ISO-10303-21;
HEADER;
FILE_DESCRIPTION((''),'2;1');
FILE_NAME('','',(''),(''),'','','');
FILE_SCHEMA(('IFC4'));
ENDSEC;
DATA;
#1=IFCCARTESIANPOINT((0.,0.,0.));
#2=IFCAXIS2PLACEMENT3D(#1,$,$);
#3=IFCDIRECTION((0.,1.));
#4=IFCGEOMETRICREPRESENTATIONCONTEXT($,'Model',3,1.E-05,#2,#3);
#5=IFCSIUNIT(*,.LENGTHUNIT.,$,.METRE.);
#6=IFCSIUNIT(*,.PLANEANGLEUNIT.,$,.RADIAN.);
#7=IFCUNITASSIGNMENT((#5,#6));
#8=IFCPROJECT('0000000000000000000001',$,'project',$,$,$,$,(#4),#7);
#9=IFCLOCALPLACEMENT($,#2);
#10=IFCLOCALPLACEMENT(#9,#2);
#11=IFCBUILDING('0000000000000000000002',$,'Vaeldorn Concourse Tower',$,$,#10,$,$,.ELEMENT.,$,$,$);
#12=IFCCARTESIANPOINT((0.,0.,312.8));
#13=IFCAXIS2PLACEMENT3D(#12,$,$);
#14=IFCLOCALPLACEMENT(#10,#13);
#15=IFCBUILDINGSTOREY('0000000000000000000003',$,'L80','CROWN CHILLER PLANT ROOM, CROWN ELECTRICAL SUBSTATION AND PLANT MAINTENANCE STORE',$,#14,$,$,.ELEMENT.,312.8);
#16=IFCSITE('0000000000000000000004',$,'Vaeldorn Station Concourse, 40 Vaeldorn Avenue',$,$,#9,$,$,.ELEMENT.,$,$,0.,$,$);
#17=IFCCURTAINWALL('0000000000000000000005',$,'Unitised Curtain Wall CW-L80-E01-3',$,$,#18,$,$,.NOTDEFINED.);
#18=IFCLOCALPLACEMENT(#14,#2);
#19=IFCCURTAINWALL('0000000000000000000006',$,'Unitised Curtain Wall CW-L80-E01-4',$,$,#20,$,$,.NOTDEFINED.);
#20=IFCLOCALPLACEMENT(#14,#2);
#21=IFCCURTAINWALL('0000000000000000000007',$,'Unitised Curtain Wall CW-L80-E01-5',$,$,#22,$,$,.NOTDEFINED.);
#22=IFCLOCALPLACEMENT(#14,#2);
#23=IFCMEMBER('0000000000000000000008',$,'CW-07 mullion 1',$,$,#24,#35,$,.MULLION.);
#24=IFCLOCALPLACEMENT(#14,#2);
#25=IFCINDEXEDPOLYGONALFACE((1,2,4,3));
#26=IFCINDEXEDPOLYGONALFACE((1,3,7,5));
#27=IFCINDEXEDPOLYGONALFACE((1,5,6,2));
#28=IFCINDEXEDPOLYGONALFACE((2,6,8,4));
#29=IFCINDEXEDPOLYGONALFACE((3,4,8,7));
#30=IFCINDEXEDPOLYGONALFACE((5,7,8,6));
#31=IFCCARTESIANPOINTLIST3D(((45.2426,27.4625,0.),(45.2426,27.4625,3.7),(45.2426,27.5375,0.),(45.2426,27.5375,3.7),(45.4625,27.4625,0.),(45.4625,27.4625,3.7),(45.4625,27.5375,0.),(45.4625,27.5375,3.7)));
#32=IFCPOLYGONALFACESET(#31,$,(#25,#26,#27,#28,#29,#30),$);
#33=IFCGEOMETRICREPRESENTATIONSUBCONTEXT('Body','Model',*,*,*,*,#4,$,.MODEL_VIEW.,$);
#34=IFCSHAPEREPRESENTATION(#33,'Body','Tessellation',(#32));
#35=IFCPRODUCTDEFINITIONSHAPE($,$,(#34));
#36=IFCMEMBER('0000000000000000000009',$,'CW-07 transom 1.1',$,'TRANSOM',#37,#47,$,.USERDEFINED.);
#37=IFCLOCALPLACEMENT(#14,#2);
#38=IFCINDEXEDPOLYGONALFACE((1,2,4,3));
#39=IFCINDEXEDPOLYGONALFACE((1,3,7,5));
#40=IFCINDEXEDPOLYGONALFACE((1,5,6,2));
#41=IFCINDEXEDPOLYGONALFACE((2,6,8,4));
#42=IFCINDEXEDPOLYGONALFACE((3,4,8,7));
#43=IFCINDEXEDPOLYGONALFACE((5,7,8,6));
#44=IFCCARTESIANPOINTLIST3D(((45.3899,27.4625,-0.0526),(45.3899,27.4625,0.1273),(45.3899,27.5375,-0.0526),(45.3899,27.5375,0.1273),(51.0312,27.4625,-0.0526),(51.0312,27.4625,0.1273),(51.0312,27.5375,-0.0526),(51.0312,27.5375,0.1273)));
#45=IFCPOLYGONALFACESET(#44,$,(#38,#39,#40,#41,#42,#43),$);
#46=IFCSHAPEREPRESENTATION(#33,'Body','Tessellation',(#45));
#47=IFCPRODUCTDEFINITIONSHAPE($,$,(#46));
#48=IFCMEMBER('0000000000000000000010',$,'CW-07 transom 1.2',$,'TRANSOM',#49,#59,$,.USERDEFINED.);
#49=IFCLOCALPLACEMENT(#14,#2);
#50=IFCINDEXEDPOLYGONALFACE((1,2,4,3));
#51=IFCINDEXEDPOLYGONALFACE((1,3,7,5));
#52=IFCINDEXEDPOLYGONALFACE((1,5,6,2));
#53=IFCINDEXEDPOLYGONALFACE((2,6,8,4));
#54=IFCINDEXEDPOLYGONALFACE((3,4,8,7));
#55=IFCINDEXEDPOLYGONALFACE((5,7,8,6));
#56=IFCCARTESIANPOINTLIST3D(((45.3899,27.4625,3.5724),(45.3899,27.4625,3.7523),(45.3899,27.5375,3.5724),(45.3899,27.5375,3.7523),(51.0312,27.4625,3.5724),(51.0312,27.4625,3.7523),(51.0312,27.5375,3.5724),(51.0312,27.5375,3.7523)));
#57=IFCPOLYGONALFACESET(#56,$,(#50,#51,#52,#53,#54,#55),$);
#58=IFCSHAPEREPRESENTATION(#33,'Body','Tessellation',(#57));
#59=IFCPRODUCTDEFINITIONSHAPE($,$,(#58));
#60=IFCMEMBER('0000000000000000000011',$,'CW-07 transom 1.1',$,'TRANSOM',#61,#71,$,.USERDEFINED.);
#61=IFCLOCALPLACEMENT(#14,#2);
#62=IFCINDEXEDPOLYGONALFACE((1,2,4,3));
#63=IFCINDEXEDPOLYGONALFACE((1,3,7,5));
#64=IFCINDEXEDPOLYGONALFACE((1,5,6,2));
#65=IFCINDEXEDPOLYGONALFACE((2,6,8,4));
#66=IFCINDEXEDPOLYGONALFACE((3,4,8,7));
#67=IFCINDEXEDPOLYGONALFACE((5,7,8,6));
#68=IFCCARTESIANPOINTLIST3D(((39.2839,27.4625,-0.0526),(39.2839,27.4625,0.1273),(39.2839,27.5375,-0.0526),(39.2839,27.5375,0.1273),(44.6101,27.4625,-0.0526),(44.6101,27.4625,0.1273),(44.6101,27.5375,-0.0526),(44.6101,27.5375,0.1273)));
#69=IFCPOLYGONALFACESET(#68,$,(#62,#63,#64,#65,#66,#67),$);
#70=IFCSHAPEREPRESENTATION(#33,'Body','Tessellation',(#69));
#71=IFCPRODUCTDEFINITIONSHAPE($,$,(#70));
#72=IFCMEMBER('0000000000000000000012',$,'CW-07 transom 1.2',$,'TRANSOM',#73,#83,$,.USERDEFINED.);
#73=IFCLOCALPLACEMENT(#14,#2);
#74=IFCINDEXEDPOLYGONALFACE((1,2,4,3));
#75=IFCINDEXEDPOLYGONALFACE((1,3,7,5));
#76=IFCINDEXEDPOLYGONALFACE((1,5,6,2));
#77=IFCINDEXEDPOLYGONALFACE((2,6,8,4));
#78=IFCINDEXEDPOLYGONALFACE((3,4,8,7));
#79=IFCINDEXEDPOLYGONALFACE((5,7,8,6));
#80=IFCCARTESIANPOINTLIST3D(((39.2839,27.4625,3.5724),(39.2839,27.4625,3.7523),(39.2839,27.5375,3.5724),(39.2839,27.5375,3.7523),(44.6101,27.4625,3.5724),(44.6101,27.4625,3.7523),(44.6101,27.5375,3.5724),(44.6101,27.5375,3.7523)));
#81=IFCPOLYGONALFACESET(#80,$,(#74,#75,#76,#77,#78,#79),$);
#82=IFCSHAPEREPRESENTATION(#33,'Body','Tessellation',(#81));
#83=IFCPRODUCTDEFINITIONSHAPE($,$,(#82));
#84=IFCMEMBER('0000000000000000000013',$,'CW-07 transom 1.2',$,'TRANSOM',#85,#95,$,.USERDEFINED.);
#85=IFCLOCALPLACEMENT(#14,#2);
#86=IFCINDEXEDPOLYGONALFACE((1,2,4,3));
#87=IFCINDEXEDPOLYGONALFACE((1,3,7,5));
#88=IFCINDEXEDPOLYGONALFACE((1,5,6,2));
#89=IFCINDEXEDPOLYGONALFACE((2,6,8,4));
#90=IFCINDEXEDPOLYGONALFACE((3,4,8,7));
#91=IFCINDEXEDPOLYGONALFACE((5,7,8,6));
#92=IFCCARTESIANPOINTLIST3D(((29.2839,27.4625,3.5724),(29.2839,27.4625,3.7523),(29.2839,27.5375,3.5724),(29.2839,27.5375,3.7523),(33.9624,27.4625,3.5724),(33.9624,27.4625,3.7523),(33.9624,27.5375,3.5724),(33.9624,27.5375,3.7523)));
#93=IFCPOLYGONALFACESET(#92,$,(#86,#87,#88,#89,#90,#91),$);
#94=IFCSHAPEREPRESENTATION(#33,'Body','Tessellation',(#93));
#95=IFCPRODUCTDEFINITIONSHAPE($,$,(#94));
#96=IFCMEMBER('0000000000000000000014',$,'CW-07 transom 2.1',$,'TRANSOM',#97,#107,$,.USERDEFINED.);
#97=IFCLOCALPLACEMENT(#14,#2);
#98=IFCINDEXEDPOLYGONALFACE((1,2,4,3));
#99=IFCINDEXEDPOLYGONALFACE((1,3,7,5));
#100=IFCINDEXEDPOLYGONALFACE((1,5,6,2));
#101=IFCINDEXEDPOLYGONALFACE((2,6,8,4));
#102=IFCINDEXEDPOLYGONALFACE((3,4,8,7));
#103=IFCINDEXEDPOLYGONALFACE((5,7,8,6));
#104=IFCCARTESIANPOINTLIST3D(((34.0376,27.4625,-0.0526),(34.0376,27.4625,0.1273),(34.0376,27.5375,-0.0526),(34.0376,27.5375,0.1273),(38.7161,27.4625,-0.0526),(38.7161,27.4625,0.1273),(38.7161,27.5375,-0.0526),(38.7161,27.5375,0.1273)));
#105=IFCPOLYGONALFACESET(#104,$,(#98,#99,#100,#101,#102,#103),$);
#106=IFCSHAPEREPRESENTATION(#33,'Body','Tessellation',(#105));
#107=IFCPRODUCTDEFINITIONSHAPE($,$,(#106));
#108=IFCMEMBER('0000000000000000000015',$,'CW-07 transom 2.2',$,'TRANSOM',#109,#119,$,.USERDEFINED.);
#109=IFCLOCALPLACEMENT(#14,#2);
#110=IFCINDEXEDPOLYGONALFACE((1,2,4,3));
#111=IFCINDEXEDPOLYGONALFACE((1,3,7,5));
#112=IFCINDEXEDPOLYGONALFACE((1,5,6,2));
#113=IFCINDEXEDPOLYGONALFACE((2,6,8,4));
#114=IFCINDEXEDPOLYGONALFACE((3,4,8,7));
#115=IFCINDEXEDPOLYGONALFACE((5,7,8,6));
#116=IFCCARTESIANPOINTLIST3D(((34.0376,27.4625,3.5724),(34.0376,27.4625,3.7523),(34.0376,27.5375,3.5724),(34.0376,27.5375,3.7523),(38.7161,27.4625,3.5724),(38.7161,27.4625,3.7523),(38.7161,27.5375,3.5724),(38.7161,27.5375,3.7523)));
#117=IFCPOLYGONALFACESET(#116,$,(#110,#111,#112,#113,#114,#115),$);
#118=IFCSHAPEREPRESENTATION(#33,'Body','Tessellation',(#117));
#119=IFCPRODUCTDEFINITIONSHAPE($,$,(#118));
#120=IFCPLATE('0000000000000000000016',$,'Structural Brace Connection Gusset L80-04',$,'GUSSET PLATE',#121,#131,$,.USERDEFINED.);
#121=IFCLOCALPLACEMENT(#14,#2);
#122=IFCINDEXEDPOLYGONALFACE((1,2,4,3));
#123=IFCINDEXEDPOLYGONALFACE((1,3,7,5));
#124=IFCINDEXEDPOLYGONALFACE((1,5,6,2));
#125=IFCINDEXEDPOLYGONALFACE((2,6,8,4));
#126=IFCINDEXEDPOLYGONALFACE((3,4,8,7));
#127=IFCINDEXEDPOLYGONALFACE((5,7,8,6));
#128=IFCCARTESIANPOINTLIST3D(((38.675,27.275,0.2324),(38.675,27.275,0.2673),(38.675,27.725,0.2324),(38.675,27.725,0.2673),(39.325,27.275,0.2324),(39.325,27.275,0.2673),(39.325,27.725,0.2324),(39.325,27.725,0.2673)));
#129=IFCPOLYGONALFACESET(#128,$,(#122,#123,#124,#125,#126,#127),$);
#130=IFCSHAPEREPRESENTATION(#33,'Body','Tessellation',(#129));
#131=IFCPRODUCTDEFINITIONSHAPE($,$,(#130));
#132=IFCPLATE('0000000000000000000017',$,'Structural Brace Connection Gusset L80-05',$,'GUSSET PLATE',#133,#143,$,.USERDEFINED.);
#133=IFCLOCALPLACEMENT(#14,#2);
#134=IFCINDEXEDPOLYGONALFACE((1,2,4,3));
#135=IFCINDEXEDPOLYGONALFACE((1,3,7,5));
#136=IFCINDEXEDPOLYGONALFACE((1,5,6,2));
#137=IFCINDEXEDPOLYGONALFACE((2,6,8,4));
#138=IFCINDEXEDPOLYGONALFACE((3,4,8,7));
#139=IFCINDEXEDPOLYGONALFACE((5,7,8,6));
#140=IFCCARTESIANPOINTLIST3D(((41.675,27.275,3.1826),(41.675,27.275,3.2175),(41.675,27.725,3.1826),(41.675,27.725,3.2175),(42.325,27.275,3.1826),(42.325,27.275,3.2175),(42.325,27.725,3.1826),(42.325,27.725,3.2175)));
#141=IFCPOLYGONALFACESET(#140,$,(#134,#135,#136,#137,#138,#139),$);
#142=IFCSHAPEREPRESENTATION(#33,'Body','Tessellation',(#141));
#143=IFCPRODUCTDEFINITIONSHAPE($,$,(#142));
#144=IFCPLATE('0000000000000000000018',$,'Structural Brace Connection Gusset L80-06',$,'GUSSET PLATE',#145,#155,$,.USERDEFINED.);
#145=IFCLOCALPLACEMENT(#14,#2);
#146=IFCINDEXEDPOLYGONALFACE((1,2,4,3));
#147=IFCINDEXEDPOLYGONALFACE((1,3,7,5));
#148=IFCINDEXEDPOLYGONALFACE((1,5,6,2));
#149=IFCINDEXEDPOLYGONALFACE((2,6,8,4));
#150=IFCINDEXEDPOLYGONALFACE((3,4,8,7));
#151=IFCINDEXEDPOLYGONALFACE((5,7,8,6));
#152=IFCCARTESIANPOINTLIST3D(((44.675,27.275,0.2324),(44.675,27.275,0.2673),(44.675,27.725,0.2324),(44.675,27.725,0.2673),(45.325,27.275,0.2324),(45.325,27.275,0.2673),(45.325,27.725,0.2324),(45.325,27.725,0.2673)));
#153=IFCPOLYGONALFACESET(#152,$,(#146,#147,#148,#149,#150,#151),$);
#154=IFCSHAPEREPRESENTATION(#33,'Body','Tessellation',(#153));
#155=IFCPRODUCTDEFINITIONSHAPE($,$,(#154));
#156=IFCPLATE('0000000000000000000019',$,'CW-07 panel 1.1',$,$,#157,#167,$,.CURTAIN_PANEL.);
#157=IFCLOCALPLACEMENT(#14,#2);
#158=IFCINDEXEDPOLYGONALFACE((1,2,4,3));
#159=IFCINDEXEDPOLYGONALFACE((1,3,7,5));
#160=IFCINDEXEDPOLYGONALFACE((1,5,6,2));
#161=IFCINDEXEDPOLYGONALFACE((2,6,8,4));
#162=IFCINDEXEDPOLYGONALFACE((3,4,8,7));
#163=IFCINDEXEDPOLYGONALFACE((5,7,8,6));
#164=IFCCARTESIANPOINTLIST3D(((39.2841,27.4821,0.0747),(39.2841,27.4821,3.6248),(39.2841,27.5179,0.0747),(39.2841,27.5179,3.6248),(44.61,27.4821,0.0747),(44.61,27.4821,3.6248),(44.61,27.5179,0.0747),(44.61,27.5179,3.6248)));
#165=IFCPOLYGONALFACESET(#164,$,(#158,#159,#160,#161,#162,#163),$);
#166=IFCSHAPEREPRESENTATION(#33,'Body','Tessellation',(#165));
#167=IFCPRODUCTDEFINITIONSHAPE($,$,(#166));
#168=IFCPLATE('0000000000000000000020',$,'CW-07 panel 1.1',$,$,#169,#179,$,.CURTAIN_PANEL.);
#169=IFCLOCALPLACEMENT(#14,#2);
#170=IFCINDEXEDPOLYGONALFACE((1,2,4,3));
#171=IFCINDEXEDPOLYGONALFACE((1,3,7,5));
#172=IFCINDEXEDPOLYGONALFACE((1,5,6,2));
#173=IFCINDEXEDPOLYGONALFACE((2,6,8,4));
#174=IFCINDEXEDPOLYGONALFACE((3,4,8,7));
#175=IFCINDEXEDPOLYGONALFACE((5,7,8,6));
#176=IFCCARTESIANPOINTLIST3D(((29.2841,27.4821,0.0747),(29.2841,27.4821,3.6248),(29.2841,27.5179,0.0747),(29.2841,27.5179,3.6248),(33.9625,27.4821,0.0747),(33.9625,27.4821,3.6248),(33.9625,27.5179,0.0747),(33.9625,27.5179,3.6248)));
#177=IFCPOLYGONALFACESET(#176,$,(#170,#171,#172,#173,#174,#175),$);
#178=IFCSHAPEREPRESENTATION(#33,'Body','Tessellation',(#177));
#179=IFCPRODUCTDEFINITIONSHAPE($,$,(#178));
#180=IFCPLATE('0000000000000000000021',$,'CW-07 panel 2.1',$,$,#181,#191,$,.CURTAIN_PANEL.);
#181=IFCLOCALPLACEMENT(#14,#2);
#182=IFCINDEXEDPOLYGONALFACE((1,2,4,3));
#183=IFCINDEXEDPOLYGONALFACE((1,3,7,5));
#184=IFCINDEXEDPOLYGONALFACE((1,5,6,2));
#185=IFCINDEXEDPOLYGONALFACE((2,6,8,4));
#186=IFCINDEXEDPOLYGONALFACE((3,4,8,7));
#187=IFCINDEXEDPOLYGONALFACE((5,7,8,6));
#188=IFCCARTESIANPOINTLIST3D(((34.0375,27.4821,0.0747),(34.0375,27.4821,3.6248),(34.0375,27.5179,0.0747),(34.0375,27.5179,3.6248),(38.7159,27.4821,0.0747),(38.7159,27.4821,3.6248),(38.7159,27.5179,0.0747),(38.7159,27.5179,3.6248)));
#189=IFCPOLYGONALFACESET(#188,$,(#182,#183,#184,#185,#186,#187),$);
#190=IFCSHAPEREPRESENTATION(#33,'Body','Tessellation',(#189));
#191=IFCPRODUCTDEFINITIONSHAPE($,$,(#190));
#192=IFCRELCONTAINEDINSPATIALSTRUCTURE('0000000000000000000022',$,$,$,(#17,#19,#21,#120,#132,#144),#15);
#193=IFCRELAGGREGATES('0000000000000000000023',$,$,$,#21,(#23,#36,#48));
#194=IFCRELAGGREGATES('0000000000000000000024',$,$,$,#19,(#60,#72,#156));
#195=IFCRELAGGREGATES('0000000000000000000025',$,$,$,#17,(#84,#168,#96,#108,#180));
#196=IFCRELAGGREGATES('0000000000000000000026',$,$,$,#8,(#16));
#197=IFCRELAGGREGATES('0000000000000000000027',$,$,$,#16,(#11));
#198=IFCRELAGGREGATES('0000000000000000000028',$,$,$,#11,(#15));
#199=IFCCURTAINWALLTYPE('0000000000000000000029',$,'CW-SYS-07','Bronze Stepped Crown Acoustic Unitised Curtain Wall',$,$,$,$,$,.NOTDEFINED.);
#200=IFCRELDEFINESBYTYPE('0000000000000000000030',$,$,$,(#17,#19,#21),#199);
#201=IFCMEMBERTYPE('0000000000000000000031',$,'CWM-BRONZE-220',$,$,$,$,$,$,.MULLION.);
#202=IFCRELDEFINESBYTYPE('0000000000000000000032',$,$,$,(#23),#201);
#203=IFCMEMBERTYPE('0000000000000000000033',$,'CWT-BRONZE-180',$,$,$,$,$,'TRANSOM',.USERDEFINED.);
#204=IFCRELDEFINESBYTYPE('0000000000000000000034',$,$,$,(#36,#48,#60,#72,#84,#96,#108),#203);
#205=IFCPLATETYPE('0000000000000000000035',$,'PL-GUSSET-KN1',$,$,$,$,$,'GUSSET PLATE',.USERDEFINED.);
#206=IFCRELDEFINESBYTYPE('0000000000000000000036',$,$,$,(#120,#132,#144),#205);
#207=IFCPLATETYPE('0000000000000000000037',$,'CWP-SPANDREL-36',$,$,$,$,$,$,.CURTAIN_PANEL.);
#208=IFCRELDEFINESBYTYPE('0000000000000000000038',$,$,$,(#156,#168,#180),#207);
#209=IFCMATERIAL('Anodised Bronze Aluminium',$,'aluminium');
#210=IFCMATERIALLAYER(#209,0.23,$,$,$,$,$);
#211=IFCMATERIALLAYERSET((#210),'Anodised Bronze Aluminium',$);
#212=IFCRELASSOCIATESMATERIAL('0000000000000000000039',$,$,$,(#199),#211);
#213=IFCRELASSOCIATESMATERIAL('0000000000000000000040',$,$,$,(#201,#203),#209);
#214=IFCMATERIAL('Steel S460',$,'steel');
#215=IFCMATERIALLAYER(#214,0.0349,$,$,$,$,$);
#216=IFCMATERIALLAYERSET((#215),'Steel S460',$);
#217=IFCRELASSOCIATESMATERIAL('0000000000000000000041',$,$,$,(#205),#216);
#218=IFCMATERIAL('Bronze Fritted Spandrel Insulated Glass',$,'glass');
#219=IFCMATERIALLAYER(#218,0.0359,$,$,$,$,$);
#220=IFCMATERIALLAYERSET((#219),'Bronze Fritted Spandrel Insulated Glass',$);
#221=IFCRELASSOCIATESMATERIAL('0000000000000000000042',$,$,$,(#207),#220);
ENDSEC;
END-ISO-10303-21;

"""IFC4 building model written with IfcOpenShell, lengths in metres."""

from ifc_helpers import new_model, si_unit, direction, frame, origin, origin_2d, place, context, subcontext, project, spatial, rectangle, extrude, source, transform, mapped, material, layer, layer_set, material_profile, profile_set, type_object, element, aggregate, save


model = new_model("IFC4")

# Units and contexts
model_context = context("Model", 3, precision=1e-05, world=origin(), true_north=direction((0.0, 1.0)))
body_context = subcontext(model_context, "Body", "Model", "MODEL_VIEW")
ifc_project = project(units=[si_unit("LENGTHUNIT", "METRE"), si_unit("PLANEANGLEUNIT", "RADIAN")], contexts=[model_context])

# Site, building, storey
site_placement = place(None, origin())
site = spatial("IfcSite", under=ifc_project, at=site_placement, Name="Vaeldorn Station Concourse, 40 Vaeldorn Avenue", CompositionType="ELEMENT", RefElevation=0.0)
building_placement = place(site_placement, origin())
building = spatial("IfcBuilding", under=site, at=building_placement, Name="Vaeldorn Concourse Tower", CompositionType="ELEMENT")
storey_placement = place(building_placement, frame((0.0, 0.0, 312.8)))
storey = spatial("IfcBuildingStorey", under=building, at=storey_placement, Name="L80", Description="CROWN CHILLER PLANT ROOM, CROWN ELECTRICAL SUBSTATION AND PLANT MAINTENANCE STORE", CompositionType="ELEMENT", Elevation=312.8)

# Curtain walls, members
ifc_material_1 = material(Name="Anodised Bronze Aluminium", Category="aluminium")
ifc_layer_1 = layer(ifc_material_1, 0.23)
ifc_layer_set_1 = layer_set([ifc_layer_1], Name="Anodised Bronze Aluminium")
curtain_wall_type = type_object("IfcCurtainWallType", Name="CW-SYS-07", Description="Bronze Stepped Crown Acoustic Unitised Curtain Wall", PredefinedType="NOTDEFINED", material=ifc_layer_set_1)
curtain_wall_1_placement = place(storey_placement, origin())
curtain_wall_1 = element("IfcCurtainWall", 1, at=curtain_wall_1_placement, inside=storey, type_object=curtain_wall_type, Name="Unitised Curtain Wall CW-L80-E01-3", PredefinedType="NOTDEFINED")
ifc_material_profile_1 = material_profile(ifc_material_1, rectangle(XDim=0.075, YDim=0.22, at=origin_2d()), Name="CWM 75x220")
ifc_profile_set_1 = profile_set([ifc_material_profile_1], Name="Anodised Bronze Aluminium")
member_type_1 = type_object("IfcMemberType", Name="CWM-BRONZE-220", PredefinedType="MULLION", material=ifc_profile_set_1)
shared_shape_1 = source(origin(), body_context, "Body", "SweptSolid", [
    extrude(rectangle(XDim=0.075, YDim=0.22, at=origin_2d()), origin(), (0.0, 0.0, 1.0), 3.7),
])
curtain_wall_2_placement = place(storey_placement, origin())
curtain_wall_2 = element("IfcCurtainWall", 2, at=curtain_wall_2_placement, inside=storey, type_object=curtain_wall_type, Name="Unitised Curtain Wall CW-L80-E01-4", PredefinedType="NOTDEFINED")
curtain_wall_3_placement = place(storey_placement, origin())
curtain_wall_3 = element("IfcCurtainWall", 3, at=curtain_wall_3_placement, inside=storey, type_object=curtain_wall_type, Name="Unitised Curtain Wall CW-L80-E01-5", PredefinedType="NOTDEFINED")
member_1_placement = place(storey_placement, frame((45.3525, 27.5, 0.0), z_axis=(0.0, 0.0, 1.0), x_axis=(0.0, 1.0, 0.0)))
member_1 = element("IfcMember", 4, at=member_1_placement, type_object=member_type_1, Name="CW-07 mullion 1", PredefinedType="MULLION", context=body_context, shape_type="MappedRepresentation", body=[
    mapped(shared_shape_1, transform((0.0, 0.0, 0.0), scale=1.0)),
])
ifc_material_profile_2 = material_profile(ifc_material_1, rectangle(XDim=0.075, YDim=0.1799, at=origin_2d()), Name="CWT 75x180")
ifc_profile_set_2 = profile_set([ifc_material_profile_2], Name="Anodised Bronze Aluminium")
member_type_2 = type_object("IfcMemberType", Name="CWT-BRONZE-180", ElementType="TRANSOM", PredefinedType="USERDEFINED", material=ifc_profile_set_2)
shared_shape_2 = source(origin(), body_context, "Body", "SweptSolid", [
    extrude(rectangle(XDim=0.075, YDim=0.1799, at=origin_2d()), origin(), (0.0, 0.0, 1.0), 5.6414),
])
member_2_placement = place(storey_placement, frame((45.3899, 27.5, 0.0374), z_axis=(1.0, 0.0, 0.0), x_axis=(0.0, 1.0, 0.0)))
member_2 = element("IfcMember", 5, at=member_2_placement, type_object=member_type_2, Name="CW-07 transom 1.1", ObjectType="TRANSOM", PredefinedType="USERDEFINED", context=body_context, shape_type="MappedRepresentation", body=[
    mapped(shared_shape_2, transform((0.0, 0.0, 0.0), scale=1.0)),
])
member_3_placement = place(storey_placement, frame((45.3899, 27.5, 3.6624), z_axis=(1.0, 0.0, 0.0), x_axis=(0.0, 1.0, 0.0)))
member_3 = element("IfcMember", 6, at=member_3_placement, type_object=member_type_2, Name="CW-07 transom 1.2", ObjectType="TRANSOM", PredefinedType="USERDEFINED", context=body_context, shape_type="MappedRepresentation", body=[
    mapped(shared_shape_2, transform((0.0, 0.0, 0.0), scale=1.0)),
])
aggregate(curtain_wall_3, [member_1, member_2, member_3])

# Members
shared_shape_3 = source(origin(), body_context, "Body", "SweptSolid", [
    extrude(rectangle(XDim=0.075, YDim=0.1799, at=origin_2d()), origin(), (0.0, 0.0, 1.0), 5.3262),
])
member_4_placement = place(storey_placement, frame((39.2839, 27.5, 0.0374), z_axis=(1.0, 0.0, 0.0), x_axis=(0.0, 1.0, 0.0)))
member_4 = element("IfcMember", 7, at=member_4_placement, type_object=member_type_2, Name="CW-07 transom 1.1", ObjectType="TRANSOM", PredefinedType="USERDEFINED", context=body_context, shape_type="MappedRepresentation", body=[
    mapped(shared_shape_3, transform((0.0, 0.0, 0.0), scale=1.0)),
])
member_5_placement = place(storey_placement, frame((39.2839, 27.5, 3.6624), z_axis=(1.0, 0.0, 0.0), x_axis=(0.0, 1.0, 0.0)))
member_5 = element("IfcMember", 8, at=member_5_placement, type_object=member_type_2, Name="CW-07 transom 1.2", ObjectType="TRANSOM", PredefinedType="USERDEFINED", context=body_context, shape_type="MappedRepresentation", body=[
    mapped(shared_shape_3, transform((0.0, 0.0, 0.0), scale=1.0)),
])
shared_shape_4 = source(origin(), body_context, "Body", "SweptSolid", [
    extrude(rectangle(XDim=0.075, YDim=0.1799, at=origin_2d()), origin(), (0.0, 0.0, 1.0), 4.6785),
])
member_6_placement = place(storey_placement, frame((29.2839, 27.5, 3.6624), z_axis=(1.0, 0.0, 0.0), x_axis=(0.0, 1.0, 0.0)))
member_6 = element("IfcMember", 9, at=member_6_placement, type_object=member_type_2, Name="CW-07 transom 1.2", ObjectType="TRANSOM", PredefinedType="USERDEFINED", context=body_context, shape_type="MappedRepresentation", body=[
    mapped(shared_shape_4, transform((0.0, 0.0, 0.0), scale=1.0)),
])
member_7_placement = place(storey_placement, frame((34.0376, 27.5, 0.0374), z_axis=(1.0, 0.0, 0.0), x_axis=(0.0, 1.0, 0.0)))
member_7 = element("IfcMember", 10, at=member_7_placement, type_object=member_type_2, Name="CW-07 transom 2.1", ObjectType="TRANSOM", PredefinedType="USERDEFINED", context=body_context, shape_type="MappedRepresentation", body=[
    mapped(shared_shape_4, transform((0.0, 0.0, 0.0), scale=1.0)),
])
member_8_placement = place(storey_placement, frame((34.0376, 27.5, 3.6624), z_axis=(1.0, 0.0, 0.0), x_axis=(0.0, 1.0, 0.0)))
member_8 = element("IfcMember", 11, at=member_8_placement, type_object=member_type_2, Name="CW-07 transom 2.2", ObjectType="TRANSOM", PredefinedType="USERDEFINED", context=body_context, shape_type="MappedRepresentation", body=[
    mapped(shared_shape_4, transform((0.0, 0.0, 0.0), scale=1.0)),
])

# Plates
ifc_material_2 = material(Name="Steel S460", Category="steel")
ifc_layer_2 = layer(ifc_material_2, 0.0349)
ifc_layer_set_2 = layer_set([ifc_layer_2], Name="Steel S460")
plate_type_1 = type_object("IfcPlateType", Name="PL-GUSSET-KN1", ElementType="GUSSET PLATE", PredefinedType="USERDEFINED", material=ifc_layer_set_2)
shared_shape_5 = source(origin(), body_context, "Body", "SweptSolid", [
    extrude(rectangle(XDim=0.6499, YDim=0.45, at=origin_2d()), origin(), (0.0, 0.0, 1.0), 0.0349),
])
for number, where, z_axis, x_axis, name in (
    (12, (39.0, 27.5, 0.2324), (0.0, 0.0, 1.0), (1.0, 0.0, 0.0), "Structural Brace Connection Gusset L80-04"),
    (13, (42.0, 27.5, 3.1826), (0.0, 0.0, 1.0), (1.0, 0.0, 0.0), "Structural Brace Connection Gusset L80-05"),
    (14, (45.0, 27.5, 0.2324), (0.0, 0.0, 1.0), (1.0, 0.0, 0.0), "Structural Brace Connection Gusset L80-06"),
):
    element("IfcPlate", number, at=place(storey_placement, frame(where, z_axis=z_axis, x_axis=x_axis)), inside=storey, type_object=plate_type_1, Name=name, ObjectType="GUSSET PLATE", PredefinedType="USERDEFINED", context=body_context, shape_type="MappedRepresentation", body=[
        mapped(shared_shape_5, transform((0.0, 0.0, 0.0), scale=1.0)),
    ])

# Plates
ifc_material_3 = material(Name="Bronze Fritted Spandrel Insulated Glass", Category="glass")
ifc_layer_3 = layer(ifc_material_3, 0.0359)
ifc_layer_set_3 = layer_set([ifc_layer_3], Name="Bronze Fritted Spandrel Insulated Glass")
plate_type_2 = type_object("IfcPlateType", Name="CWP-SPANDREL-36", PredefinedType="CURTAIN_PANEL", material=ifc_layer_set_3)
shared_shape_6 = source(origin(), body_context, "Body", "SweptSolid", [
    extrude(rectangle(XDim=5.3259, YDim=0.0359, at=origin_2d()), origin(), (0.0, 0.0, 1.0), 3.55),
])
plate_1_placement = place(storey_placement, frame((41.947, 27.5, 0.0747), z_axis=(0.0, 0.0, 1.0), x_axis=(1.0, 0.0, 0.0)))
plate_1 = element("IfcPlate", 15, at=plate_1_placement, type_object=plate_type_2, Name="CW-07 panel 1.1", PredefinedType="CURTAIN_PANEL", context=body_context, shape_type="MappedRepresentation", body=[
    mapped(shared_shape_6, transform((0.0, 0.0, 0.0), scale=1.0)),
])
aggregate(curtain_wall_2, [member_4, member_5, plate_1])
shared_shape_7 = source(origin(), body_context, "Body", "SweptSolid", [
    extrude(rectangle(XDim=4.6785, YDim=0.0359, at=origin_2d()), origin(), (0.0, 0.0, 1.0), 3.55),
])
plate_2_placement = place(storey_placement, frame((31.6233, 27.5, 0.0747), z_axis=(0.0, 0.0, 1.0), x_axis=(1.0, 0.0, 0.0)))
plate_2 = element("IfcPlate", 16, at=plate_2_placement, type_object=plate_type_2, Name="CW-07 panel 1.1", PredefinedType="CURTAIN_PANEL", context=body_context, shape_type="MappedRepresentation", body=[
    mapped(shared_shape_7, transform((0.0, 0.0, 0.0), scale=1.0)),
])
plate_3_placement = place(storey_placement, frame((36.3767, 27.5, 0.0747), z_axis=(0.0, 0.0, 1.0), x_axis=(1.0, 0.0, 0.0)))
plate_3 = element("IfcPlate", 17, at=plate_3_placement, type_object=plate_type_2, Name="CW-07 panel 2.1", PredefinedType="CURTAIN_PANEL", context=body_context, shape_type="MappedRepresentation", body=[
    mapped(shared_shape_7, transform((0.0, 0.0, 0.0), scale=1.0)),
])
aggregate(curtain_wall_1, [member_6, plate_2, member_7, member_8, plate_3])

save(model, "model.ifc")
